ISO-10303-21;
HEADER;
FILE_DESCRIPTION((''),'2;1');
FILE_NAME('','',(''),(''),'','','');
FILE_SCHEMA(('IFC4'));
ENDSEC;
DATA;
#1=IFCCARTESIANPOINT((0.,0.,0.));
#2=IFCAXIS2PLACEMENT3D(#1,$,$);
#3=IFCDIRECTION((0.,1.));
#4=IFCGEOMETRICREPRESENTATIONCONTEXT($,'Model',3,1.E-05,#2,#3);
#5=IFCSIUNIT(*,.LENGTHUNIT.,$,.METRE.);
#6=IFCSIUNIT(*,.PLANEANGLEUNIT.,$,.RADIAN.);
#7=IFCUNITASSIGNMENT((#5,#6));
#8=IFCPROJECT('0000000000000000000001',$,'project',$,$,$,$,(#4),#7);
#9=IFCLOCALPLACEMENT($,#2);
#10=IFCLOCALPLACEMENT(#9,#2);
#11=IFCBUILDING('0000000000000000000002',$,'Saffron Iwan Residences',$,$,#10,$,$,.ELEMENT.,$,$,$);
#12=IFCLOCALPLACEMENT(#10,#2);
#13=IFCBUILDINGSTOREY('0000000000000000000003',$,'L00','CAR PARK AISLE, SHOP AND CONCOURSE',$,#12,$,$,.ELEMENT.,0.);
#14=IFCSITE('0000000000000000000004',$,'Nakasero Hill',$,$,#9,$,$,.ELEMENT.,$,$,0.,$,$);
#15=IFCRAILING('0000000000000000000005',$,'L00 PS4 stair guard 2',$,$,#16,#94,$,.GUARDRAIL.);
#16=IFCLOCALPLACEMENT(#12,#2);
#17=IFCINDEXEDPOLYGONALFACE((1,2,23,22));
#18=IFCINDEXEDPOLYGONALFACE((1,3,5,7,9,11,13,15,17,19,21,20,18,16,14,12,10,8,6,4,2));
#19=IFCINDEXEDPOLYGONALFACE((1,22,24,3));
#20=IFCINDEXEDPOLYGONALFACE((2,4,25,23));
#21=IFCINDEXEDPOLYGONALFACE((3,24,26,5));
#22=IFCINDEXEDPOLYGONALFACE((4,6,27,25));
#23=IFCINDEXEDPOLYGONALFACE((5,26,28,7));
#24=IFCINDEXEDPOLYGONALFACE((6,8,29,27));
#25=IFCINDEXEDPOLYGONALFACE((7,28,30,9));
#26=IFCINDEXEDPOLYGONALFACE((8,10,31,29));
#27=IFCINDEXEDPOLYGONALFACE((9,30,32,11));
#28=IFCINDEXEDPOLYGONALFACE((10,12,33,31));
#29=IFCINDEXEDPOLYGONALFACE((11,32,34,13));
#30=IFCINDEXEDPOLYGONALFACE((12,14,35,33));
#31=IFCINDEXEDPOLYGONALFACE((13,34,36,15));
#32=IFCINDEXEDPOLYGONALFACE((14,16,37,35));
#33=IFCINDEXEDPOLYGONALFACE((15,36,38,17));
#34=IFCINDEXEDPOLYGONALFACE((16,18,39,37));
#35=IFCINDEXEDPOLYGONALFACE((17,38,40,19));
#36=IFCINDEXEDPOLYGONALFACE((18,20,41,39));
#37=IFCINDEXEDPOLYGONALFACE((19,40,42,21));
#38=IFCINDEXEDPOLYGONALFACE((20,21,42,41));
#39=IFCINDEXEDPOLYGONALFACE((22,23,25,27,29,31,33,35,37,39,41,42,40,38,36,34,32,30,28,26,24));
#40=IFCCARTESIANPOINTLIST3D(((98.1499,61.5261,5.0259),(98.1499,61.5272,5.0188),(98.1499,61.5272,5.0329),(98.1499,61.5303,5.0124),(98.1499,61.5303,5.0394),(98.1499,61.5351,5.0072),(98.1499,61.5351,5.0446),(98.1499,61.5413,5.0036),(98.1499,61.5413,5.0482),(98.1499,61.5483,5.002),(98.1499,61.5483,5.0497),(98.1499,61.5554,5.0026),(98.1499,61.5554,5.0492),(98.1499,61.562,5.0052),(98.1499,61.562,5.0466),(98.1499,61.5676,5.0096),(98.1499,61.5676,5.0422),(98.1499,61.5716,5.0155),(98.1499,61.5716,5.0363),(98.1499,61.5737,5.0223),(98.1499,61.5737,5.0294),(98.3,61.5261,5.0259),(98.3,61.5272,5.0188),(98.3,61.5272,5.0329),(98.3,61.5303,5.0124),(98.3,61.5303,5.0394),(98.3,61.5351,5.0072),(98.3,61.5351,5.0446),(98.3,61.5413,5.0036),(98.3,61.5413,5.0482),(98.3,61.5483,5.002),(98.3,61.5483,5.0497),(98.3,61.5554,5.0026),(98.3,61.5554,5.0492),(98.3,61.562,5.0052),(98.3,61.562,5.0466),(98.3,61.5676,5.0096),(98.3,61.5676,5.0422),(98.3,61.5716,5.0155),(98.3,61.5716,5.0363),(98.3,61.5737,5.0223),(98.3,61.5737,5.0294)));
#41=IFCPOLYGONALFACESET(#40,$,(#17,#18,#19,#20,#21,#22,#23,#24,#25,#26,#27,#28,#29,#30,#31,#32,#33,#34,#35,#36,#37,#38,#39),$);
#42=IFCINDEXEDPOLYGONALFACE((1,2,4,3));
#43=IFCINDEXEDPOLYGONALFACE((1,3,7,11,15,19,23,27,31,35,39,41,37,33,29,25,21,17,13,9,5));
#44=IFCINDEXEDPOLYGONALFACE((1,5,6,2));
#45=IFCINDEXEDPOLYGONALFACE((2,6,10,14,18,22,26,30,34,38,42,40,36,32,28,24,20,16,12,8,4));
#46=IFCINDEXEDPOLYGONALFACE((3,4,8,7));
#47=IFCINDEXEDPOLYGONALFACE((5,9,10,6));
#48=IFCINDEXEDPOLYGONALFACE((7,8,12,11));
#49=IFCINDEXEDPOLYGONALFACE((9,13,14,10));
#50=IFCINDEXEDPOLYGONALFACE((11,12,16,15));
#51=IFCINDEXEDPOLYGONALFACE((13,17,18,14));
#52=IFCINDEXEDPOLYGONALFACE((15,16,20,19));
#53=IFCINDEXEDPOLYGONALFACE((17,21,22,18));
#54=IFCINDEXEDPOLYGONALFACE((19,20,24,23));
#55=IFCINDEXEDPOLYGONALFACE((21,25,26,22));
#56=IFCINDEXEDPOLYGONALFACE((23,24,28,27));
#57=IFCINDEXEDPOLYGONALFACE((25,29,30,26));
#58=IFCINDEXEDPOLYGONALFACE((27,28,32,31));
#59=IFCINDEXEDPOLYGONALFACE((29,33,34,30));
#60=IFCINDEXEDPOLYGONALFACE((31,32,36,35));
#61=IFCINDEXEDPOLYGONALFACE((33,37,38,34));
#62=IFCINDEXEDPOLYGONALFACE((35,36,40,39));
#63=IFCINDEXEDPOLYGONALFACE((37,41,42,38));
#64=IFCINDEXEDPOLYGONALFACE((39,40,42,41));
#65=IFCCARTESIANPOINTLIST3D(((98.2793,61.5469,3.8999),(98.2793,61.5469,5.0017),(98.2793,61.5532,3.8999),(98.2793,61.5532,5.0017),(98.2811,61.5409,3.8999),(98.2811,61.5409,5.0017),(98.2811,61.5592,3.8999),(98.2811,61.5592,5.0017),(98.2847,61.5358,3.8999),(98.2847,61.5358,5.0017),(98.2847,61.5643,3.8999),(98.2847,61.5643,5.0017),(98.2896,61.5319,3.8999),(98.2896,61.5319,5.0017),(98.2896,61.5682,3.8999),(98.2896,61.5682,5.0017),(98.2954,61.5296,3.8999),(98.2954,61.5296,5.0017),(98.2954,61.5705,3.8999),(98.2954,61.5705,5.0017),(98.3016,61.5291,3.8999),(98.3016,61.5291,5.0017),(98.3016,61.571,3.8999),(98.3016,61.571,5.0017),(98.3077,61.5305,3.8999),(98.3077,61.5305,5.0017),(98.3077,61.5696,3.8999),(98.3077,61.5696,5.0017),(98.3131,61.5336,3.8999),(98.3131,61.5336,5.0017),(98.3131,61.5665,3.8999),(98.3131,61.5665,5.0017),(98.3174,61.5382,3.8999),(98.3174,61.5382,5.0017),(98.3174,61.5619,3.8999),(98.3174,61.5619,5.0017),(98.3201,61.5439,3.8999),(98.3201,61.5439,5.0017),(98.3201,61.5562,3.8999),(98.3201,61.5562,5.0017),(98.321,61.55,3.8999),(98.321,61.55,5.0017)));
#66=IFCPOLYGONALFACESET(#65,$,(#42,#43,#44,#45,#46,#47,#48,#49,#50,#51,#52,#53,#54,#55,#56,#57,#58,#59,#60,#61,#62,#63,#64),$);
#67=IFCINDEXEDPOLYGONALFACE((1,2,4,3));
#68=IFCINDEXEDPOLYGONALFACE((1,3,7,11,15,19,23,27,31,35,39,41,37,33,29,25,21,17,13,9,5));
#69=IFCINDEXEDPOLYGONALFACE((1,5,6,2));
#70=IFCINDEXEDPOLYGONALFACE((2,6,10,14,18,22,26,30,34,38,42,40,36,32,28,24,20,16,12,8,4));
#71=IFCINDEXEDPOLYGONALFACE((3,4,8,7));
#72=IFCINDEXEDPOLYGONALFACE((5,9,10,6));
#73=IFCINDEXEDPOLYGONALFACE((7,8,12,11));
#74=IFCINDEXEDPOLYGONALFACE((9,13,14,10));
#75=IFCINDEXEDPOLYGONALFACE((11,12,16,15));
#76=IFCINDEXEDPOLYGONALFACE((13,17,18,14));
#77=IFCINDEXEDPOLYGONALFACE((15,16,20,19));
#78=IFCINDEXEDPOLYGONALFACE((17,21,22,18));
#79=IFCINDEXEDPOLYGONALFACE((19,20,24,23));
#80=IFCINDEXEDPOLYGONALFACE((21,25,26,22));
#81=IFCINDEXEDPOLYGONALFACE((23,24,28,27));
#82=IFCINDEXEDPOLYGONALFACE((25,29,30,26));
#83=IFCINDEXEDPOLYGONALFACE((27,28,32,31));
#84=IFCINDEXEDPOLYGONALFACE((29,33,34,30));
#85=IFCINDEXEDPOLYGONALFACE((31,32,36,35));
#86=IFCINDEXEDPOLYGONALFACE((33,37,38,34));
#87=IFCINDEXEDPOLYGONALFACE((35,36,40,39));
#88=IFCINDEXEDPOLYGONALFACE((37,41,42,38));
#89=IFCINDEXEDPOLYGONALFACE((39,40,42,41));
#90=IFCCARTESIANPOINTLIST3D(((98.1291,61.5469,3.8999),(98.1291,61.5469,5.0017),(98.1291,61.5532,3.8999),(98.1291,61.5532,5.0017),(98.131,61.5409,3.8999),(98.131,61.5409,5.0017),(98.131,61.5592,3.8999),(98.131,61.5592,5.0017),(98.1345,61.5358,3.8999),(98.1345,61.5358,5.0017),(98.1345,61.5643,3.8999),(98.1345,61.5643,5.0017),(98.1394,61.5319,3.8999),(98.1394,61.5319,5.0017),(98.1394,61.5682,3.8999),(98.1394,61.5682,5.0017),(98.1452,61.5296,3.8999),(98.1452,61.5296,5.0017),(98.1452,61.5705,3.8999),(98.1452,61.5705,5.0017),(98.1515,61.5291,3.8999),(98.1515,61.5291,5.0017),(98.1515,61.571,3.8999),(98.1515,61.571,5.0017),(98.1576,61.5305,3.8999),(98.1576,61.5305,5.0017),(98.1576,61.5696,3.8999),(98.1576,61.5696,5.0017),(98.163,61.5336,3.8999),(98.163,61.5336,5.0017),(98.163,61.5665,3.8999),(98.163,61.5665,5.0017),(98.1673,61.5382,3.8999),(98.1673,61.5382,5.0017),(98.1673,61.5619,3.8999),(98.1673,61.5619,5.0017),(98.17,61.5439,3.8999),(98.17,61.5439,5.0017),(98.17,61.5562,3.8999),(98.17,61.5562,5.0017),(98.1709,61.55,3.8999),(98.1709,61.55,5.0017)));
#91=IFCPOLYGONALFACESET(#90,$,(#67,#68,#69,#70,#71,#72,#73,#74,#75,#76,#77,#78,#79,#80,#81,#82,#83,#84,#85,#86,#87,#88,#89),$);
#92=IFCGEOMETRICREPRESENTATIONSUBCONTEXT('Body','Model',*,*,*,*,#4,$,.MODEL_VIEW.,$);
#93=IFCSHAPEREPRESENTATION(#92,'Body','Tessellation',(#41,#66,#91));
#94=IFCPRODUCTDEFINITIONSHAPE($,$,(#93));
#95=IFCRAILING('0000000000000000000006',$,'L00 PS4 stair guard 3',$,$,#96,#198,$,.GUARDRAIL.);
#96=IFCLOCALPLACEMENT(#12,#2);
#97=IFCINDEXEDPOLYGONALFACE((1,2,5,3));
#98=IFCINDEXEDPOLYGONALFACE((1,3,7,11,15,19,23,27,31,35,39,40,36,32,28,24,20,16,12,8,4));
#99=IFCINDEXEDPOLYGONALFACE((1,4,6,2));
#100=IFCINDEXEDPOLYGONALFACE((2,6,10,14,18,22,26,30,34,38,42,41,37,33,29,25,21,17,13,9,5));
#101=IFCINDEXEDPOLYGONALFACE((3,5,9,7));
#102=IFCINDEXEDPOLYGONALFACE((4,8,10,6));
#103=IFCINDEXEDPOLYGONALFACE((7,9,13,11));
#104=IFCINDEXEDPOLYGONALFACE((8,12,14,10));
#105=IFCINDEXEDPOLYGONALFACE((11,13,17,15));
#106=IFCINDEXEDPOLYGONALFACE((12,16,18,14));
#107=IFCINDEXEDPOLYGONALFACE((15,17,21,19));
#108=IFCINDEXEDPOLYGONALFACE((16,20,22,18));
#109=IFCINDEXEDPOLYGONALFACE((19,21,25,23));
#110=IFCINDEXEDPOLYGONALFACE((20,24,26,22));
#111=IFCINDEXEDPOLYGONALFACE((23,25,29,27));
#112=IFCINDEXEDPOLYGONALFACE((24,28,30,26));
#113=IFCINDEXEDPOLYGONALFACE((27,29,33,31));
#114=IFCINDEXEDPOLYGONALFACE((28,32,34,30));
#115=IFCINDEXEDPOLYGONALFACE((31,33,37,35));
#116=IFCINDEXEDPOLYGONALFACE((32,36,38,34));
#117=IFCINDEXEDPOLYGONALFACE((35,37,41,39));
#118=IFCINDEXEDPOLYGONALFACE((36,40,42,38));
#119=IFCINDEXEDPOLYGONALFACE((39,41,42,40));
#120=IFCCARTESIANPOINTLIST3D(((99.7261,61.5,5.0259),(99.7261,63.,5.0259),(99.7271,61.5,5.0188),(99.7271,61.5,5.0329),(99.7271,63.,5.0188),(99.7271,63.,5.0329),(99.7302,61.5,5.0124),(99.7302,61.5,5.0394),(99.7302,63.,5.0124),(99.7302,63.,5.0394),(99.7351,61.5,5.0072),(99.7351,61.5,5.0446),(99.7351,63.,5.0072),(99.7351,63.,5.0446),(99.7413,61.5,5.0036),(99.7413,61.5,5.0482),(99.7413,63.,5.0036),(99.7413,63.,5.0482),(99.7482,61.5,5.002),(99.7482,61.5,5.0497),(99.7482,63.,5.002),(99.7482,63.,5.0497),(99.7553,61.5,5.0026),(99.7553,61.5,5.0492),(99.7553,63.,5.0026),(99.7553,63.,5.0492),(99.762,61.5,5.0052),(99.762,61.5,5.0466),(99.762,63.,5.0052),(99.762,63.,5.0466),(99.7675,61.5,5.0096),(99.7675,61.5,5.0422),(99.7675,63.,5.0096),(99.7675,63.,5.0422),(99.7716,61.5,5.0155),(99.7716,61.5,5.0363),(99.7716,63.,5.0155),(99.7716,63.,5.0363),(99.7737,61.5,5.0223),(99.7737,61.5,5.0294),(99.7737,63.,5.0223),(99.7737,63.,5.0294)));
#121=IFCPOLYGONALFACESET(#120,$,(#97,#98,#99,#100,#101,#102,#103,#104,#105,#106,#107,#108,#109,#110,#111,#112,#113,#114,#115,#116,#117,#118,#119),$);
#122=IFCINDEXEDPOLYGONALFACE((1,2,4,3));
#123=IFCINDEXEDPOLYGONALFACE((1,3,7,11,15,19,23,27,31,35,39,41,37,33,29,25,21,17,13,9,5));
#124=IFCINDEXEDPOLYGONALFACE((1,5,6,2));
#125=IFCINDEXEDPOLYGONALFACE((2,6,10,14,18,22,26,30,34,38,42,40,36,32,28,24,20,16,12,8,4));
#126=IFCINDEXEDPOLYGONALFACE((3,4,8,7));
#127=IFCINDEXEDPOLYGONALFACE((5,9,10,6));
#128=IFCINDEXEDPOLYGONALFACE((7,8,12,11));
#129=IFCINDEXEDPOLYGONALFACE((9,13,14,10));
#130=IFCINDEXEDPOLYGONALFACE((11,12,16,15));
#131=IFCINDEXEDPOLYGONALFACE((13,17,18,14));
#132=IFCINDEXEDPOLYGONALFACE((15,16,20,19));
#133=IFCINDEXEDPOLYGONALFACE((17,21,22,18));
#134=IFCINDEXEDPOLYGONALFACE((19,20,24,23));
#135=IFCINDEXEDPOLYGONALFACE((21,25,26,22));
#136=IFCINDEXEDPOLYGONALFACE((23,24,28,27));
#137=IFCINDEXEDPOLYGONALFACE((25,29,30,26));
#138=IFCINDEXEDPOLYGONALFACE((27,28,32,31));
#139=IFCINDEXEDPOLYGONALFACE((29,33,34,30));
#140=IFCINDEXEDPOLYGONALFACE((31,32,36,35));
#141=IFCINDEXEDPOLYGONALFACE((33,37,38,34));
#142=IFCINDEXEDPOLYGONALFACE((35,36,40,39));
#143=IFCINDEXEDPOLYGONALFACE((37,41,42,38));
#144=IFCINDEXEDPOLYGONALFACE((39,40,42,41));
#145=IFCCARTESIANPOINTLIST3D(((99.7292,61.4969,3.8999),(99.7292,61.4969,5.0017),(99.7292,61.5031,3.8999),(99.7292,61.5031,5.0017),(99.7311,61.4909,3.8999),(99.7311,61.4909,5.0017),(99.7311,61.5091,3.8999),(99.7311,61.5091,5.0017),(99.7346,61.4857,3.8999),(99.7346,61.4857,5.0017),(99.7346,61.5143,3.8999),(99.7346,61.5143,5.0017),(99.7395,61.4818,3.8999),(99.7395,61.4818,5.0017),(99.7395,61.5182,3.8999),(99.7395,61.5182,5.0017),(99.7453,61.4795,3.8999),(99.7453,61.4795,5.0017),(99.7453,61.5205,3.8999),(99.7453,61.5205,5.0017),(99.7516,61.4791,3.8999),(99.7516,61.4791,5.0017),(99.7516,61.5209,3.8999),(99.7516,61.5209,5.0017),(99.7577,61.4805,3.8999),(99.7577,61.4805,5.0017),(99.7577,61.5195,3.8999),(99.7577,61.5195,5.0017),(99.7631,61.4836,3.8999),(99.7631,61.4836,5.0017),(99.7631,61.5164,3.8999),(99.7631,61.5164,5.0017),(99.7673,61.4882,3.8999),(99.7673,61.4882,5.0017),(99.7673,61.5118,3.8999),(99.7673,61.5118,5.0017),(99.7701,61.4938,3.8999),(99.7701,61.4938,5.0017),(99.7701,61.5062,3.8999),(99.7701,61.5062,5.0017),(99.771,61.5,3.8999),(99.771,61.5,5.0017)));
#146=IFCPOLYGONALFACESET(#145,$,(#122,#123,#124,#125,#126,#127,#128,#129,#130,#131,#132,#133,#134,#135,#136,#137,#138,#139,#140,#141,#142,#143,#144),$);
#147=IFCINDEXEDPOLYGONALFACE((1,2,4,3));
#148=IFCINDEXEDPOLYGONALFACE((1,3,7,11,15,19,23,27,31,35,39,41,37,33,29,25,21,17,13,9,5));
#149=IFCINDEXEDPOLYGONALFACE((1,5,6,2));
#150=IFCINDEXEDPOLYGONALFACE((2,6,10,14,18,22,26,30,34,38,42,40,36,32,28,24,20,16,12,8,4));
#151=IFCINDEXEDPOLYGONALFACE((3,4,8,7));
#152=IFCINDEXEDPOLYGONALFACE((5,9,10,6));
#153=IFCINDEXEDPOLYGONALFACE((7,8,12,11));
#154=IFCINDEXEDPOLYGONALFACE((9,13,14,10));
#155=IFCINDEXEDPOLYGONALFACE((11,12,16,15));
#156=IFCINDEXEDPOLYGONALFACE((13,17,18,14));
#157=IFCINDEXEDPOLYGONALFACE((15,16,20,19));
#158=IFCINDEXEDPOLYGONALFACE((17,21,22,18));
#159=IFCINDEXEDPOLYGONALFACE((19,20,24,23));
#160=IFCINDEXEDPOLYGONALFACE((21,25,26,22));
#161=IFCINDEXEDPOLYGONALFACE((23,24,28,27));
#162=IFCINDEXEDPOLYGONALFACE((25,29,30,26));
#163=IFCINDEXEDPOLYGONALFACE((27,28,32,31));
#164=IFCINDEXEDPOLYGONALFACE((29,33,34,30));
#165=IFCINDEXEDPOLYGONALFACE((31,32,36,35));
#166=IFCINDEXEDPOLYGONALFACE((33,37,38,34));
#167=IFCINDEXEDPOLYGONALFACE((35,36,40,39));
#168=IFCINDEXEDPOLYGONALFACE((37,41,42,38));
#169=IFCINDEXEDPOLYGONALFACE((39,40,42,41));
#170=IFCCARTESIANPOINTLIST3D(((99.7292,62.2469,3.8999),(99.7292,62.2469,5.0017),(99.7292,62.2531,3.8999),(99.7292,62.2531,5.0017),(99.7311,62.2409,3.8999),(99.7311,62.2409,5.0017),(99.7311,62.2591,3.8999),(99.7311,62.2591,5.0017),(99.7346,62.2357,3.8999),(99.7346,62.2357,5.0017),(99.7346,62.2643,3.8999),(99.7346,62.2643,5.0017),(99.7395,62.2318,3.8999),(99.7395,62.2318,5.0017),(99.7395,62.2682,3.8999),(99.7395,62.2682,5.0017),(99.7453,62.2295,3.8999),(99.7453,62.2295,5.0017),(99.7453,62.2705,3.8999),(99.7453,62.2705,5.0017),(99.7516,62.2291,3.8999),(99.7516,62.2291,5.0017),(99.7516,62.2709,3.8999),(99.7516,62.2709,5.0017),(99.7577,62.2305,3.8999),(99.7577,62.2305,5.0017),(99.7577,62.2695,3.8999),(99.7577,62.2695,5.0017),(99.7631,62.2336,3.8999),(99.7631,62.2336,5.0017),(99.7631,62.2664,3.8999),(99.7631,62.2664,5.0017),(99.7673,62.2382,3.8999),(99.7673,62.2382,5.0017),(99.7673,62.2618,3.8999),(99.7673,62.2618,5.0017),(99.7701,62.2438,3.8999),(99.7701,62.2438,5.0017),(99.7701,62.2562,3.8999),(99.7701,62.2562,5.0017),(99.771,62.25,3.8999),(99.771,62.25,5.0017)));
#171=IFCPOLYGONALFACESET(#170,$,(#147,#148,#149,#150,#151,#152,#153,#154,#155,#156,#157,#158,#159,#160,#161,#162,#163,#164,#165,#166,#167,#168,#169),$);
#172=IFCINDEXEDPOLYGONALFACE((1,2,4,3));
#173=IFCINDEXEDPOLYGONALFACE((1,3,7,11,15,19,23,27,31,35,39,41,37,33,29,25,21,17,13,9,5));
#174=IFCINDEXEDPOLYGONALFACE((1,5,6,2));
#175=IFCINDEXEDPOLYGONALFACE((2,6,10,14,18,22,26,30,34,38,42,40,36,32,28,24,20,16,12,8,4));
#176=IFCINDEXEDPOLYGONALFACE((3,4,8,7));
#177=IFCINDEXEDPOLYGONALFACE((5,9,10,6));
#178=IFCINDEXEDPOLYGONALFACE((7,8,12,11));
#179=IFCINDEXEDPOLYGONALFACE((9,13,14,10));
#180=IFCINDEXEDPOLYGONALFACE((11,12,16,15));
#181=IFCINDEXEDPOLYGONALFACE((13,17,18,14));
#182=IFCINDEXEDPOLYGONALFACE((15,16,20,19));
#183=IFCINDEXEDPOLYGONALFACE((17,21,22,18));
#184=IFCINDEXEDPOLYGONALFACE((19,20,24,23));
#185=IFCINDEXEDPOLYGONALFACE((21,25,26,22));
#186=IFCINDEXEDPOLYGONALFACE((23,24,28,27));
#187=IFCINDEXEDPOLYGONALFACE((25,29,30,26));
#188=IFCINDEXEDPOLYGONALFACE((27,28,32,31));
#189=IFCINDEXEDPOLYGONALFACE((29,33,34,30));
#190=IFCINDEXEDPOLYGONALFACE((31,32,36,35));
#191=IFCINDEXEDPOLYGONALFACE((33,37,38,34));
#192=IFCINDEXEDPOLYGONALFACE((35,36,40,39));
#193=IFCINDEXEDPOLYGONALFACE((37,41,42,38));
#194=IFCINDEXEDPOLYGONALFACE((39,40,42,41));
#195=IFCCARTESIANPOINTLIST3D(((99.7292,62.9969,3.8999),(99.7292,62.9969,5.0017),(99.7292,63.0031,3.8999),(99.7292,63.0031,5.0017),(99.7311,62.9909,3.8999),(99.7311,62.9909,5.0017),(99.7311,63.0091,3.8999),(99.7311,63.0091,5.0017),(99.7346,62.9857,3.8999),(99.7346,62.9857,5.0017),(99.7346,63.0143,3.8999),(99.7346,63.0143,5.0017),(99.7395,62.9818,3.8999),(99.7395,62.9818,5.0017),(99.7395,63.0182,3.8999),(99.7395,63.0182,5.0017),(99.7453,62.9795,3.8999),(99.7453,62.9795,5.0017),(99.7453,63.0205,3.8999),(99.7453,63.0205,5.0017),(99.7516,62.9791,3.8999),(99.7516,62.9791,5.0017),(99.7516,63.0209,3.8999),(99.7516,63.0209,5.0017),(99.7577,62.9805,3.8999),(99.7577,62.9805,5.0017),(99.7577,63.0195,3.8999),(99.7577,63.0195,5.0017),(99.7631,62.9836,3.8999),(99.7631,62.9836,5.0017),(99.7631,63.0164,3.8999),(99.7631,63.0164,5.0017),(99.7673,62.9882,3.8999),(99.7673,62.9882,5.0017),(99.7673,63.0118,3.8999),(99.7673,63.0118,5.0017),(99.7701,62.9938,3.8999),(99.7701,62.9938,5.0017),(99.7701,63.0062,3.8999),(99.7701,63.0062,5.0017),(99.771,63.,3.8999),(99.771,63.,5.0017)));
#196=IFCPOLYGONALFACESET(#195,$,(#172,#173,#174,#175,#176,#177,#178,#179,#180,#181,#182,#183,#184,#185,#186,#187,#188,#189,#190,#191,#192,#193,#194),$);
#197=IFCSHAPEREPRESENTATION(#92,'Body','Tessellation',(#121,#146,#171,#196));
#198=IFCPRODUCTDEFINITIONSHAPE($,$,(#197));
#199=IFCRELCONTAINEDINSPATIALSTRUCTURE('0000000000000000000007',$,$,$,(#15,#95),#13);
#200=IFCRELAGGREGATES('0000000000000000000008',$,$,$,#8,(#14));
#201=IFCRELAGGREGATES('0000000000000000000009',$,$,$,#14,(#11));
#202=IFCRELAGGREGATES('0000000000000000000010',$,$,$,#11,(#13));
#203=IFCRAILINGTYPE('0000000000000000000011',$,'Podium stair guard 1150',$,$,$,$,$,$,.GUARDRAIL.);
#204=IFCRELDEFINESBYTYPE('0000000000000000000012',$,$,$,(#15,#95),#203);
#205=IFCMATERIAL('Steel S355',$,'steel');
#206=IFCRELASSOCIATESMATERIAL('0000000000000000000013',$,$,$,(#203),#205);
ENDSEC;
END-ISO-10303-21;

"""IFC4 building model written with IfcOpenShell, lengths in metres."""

from ifc_helpers import new_model, si_unit, direction, frame, origin, origin_2d, place, context, subcontext, project, spatial, circle, extrude, material, type_object, element, save


model = new_model("IFC4")

# Units and contexts
model_context = context("Model", 3, precision=1e-05, world=origin(), true_north=direction((0.0, 1.0)))
body_context = subcontext(model_context, "Body", "Model", "MODEL_VIEW")
ifc_project = project(units=[si_unit("LENGTHUNIT", "METRE"), si_unit("PLANEANGLEUNIT", "RADIAN")], contexts=[model_context])

# Site, building, storey
site_placement = place(None, origin())
site = spatial("IfcSite", under=ifc_project, at=site_placement, Name="Nakasero Hill", CompositionType="ELEMENT", RefElevation=0.0)
building_placement = place(site_placement, origin())
building = spatial("IfcBuilding", under=site, at=building_placement, Name="Saffron Iwan Residences", CompositionType="ELEMENT")
storey_placement = place(building_placement, origin())
storey = spatial("IfcBuildingStorey", under=building, at=storey_placement, Name="L00", Description="CAR PARK AISLE, SHOP AND CONCOURSE", CompositionType="ELEMENT", Elevation=0.0)

# Railings
ifc_material_1 = material(Name="Steel S355", Category="steel")
railing_type_1 = type_object("IfcRailingType", Name="Podium stair guard 1150", PredefinedType="GUARDRAIL", material=ifc_material_1)
railing_1_placement = place(storey_placement, frame((98.3, 61.55, 3.8999)))
element("IfcRailing", 1, at=railing_1_placement, inside=storey, type_object=railing_type_1, Name="L00 PS4 stair guard 2", PredefinedType="GUARDRAIL", context=body_context, shape_type="SweptSolid", body=[
    extrude(circle(Radius=0.0239, at=origin_2d()), frame((0.0, 0.0, 1.126), z_axis=(-1.0, 0.0, 0.0), x_axis=(0.0, -1.0, 0.0)), (0.0, 0.0, 1.0), 0.1501),
    extrude(circle(Radius=0.021, at=origin_2d()), origin(), (0.0, 0.0, 1.0), 1.1018),
    extrude(circle(Radius=0.021, at=origin_2d()), frame((-0.1501, 0.0, 0.0)), (0.0, 0.0, 1.0), 1.1018),
])
railing_2_placement = place(storey_placement, frame((99.75, 61.5, 3.8999)))
element("IfcRailing", 2, at=railing_2_placement, inside=storey, type_object=railing_type_1, Name="L00 PS4 stair guard 3", PredefinedType="GUARDRAIL", context=body_context, shape_type="SweptSolid", body=[
    extrude(circle(Radius=0.0239, at=origin_2d()), frame((0.0, 0.0, 1.126), z_axis=(0.0, 1.0, 0.0), x_axis=(-1.0, 0.0, 0.0)), (0.0, 0.0, 1.0), 1.5),
    extrude(circle(Radius=0.021, at=origin_2d()), origin(), (0.0, 0.0, 1.0), 1.1018),
    extrude(circle(Radius=0.021, at=origin_2d()), frame((0.0, 0.75, 0.0)), (0.0, 0.0, 1.0), 1.1018),
    extrude(circle(Radius=0.021, at=origin_2d()), frame((0.0, 1.5, 0.0)), (0.0, 0.0, 1.0), 1.1018),
])

save(model, "model.ifc")
